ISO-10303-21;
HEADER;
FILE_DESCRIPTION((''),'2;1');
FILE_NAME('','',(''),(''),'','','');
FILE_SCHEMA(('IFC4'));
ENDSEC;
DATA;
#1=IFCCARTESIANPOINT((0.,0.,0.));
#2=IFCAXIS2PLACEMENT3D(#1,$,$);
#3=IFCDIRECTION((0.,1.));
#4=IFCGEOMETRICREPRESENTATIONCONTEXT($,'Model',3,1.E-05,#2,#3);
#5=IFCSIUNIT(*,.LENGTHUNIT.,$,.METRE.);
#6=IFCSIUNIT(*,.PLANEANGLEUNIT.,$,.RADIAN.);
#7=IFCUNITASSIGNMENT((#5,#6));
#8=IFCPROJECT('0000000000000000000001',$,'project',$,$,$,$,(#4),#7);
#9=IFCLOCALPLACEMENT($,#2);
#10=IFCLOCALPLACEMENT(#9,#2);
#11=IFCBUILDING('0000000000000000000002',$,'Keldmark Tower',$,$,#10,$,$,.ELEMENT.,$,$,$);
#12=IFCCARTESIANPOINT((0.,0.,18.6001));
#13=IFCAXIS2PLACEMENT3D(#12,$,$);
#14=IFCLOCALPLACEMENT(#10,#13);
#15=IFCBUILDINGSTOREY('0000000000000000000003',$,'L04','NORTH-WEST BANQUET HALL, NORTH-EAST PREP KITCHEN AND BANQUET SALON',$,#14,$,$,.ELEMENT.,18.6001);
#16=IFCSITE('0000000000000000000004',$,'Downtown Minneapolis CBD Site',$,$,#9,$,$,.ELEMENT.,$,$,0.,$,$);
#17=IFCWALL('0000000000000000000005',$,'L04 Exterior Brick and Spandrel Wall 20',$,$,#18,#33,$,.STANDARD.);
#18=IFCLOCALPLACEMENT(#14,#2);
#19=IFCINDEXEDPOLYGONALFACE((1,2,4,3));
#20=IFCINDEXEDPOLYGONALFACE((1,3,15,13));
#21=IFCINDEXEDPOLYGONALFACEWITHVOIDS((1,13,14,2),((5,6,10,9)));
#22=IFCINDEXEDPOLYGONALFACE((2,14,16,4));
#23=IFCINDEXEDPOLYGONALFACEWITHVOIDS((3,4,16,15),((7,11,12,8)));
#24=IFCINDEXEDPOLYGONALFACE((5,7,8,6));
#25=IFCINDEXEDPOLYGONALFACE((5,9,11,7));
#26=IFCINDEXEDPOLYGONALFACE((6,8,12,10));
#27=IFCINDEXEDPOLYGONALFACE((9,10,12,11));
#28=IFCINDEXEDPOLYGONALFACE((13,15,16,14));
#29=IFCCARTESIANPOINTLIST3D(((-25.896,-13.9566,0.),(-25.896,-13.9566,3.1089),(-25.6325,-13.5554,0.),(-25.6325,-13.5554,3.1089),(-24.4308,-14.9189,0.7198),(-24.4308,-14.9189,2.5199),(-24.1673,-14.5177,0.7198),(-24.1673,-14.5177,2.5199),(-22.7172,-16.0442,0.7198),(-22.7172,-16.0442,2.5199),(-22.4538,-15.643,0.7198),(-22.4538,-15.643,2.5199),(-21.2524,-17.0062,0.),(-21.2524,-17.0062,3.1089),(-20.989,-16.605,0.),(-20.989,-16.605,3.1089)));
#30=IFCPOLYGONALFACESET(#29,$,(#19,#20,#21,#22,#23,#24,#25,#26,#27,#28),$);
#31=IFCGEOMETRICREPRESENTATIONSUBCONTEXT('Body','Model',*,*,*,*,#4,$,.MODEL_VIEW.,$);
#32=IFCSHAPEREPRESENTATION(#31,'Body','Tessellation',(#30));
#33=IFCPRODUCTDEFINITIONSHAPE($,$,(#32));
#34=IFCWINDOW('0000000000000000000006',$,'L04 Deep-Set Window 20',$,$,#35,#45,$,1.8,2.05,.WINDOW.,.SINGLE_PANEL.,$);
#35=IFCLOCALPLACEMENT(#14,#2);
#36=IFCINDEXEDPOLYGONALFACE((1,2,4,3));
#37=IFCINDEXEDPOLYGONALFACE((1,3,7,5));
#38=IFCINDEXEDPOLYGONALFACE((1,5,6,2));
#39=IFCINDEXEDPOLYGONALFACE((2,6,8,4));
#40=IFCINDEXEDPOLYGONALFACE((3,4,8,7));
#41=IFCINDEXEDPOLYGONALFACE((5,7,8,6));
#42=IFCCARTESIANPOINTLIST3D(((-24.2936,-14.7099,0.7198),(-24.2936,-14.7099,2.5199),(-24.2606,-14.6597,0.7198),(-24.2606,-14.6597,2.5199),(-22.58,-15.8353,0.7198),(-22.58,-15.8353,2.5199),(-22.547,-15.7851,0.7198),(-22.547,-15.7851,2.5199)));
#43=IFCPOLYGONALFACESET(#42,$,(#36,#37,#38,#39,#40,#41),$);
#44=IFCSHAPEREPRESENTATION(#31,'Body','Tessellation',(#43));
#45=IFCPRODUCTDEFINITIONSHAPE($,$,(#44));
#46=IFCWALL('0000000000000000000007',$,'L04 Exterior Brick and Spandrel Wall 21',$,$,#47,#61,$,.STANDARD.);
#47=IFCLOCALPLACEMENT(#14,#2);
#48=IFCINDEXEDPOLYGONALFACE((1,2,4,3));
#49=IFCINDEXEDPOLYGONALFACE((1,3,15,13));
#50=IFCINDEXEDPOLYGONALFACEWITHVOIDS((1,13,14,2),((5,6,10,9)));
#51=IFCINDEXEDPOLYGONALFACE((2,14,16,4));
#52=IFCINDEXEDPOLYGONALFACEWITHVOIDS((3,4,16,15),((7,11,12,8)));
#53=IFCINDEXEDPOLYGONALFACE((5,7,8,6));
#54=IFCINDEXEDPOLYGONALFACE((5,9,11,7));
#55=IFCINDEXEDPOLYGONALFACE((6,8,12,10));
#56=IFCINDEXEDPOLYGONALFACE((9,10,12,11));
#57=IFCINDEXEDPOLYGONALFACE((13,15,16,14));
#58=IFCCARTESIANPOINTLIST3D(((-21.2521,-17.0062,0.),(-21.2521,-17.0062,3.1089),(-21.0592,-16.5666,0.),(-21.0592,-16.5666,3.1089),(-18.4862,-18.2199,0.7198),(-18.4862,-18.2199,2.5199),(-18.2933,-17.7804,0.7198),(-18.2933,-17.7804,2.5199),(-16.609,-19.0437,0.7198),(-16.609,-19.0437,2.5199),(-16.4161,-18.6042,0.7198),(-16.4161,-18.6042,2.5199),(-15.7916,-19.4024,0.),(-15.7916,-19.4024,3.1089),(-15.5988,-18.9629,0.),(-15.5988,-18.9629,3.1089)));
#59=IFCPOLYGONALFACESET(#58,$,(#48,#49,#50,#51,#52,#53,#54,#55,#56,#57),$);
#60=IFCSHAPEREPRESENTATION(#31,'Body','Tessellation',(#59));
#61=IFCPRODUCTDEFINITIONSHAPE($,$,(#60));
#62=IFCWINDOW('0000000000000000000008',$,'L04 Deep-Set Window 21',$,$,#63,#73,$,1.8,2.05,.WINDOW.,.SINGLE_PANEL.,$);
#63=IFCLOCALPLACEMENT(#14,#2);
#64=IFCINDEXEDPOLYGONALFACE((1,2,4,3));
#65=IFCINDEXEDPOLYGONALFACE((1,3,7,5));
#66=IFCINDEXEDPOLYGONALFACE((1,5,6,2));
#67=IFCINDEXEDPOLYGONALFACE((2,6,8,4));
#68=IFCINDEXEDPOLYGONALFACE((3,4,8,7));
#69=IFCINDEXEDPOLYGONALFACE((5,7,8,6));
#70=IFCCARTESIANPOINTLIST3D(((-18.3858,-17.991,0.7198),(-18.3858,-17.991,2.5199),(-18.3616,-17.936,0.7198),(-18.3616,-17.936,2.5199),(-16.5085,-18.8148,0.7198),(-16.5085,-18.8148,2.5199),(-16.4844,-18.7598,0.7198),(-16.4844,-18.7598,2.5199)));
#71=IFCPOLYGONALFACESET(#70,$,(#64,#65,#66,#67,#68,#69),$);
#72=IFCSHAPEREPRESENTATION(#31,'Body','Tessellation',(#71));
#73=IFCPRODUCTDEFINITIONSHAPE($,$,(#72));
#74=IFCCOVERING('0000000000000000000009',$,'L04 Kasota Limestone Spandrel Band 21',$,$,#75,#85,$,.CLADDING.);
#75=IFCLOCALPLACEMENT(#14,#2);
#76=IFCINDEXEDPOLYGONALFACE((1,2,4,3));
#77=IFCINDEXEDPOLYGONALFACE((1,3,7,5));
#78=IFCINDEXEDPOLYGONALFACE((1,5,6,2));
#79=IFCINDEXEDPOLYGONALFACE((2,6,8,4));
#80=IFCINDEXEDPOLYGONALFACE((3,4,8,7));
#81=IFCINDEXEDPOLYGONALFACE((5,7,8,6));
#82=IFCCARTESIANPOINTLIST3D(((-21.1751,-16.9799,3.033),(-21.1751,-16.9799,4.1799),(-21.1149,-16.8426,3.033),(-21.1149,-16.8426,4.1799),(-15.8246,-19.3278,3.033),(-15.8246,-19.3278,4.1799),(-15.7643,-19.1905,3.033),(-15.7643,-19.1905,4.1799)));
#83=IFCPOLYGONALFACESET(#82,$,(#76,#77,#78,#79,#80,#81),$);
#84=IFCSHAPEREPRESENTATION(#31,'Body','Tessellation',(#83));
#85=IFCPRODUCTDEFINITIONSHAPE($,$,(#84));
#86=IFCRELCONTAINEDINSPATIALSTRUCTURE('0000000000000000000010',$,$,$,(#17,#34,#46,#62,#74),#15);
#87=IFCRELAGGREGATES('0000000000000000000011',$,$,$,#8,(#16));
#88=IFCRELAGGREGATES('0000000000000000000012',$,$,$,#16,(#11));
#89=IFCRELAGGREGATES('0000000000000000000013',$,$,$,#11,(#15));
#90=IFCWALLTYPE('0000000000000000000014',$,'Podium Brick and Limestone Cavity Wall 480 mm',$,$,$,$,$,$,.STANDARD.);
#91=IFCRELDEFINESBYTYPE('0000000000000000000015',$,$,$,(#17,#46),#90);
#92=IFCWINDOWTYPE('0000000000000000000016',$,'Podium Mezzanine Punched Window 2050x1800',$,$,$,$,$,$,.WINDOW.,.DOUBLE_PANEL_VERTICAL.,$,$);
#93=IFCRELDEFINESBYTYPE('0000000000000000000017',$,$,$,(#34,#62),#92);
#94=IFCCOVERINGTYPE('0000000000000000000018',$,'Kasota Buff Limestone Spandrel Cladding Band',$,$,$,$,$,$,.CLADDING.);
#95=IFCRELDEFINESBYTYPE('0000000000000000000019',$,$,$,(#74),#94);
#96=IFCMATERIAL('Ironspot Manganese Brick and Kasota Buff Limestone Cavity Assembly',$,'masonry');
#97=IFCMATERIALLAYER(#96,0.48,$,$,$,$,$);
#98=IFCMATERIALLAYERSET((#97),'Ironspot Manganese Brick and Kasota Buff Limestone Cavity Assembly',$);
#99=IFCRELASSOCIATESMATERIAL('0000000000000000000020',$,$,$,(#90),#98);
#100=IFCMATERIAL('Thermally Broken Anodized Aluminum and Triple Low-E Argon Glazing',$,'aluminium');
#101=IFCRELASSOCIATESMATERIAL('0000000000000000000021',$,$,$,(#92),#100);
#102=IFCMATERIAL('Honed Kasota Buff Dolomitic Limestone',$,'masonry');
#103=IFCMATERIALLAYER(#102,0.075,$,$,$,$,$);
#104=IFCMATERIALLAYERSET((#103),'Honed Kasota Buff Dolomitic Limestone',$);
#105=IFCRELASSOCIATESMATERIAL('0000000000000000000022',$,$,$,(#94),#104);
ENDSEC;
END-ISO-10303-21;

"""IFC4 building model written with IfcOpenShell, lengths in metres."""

from ifc_helpers import new_model, si_unit, direction, frame, frame_2d, origin, origin_2d, place, context, subcontext, project, spatial, rectangle, extrude, material, layer, layer_set, type_object, element, fill, save


model = new_model("IFC4")

# Units and contexts
model_context = context("Model", 3, precision=1e-05, world=origin(), true_north=direction((0.0, 1.0)))
body_context = subcontext(model_context, "Body", "Model", "MODEL_VIEW")
ifc_project = project(units=[si_unit("LENGTHUNIT", "METRE"), si_unit("PLANEANGLEUNIT", "RADIAN")], contexts=[model_context])

# Site, building, storey
site_placement = place(None, origin())
site = spatial("IfcSite", under=ifc_project, at=site_placement, Name="Downtown Minneapolis CBD Site", CompositionType="ELEMENT", RefElevation=0.0)
building_placement = place(site_placement, origin())
building = spatial("IfcBuilding", under=site, at=building_placement, Name="Keldmark Tower", CompositionType="ELEMENT")
storey_placement = place(building_placement, frame((0.0, 0.0, 18.6001)))
storey = spatial("IfcBuildingStorey", under=building, at=storey_placement, Name="L04", Description="NORTH-WEST BANQUET HALL, NORTH-EAST PREP KITCHEN AND BANQUET SALON", CompositionType="ELEMENT", Elevation=18.6001)

# Walls, openings, windows
ifc_material_1 = material(Name="Ironspot Manganese Brick and Kasota Buff Limestone Cavity Assembly", Category="masonry")
ifc_layer_1 = layer(ifc_material_1, 0.48)
ifc_layer_set_1 = layer_set([ifc_layer_1], Name="Ironspot Manganese Brick and Kasota Buff Limestone Cavity Assembly")
wall_type_1 = type_object("IfcWallType", Name="Podium Brick and Limestone Cavity Wall 480 mm", PredefinedType="STANDARD", material=ifc_layer_set_1)
ifc_material_2 = material(Name="Thermally Broken Anodized Aluminum and Triple Low-E Argon Glazing", Category="aluminium")
window_type = type_object("IfcWindowType", Name="Podium Mezzanine Punched Window 2050x1800", PartitioningType="DOUBLE_PANEL_VERTICAL", PredefinedType="WINDOW", material=ifc_material_2)
wall_1_placement = place(storey_placement, frame((-21.1206, -16.8057, 0.0), z_axis=(0.0, 0.0, 1.0), x_axis=(-0.835864, 0.548937, 0.0)))
wall_1 = element("IfcWall", 1, at=wall_1_placement, inside=storey, type_object=wall_type_1, Name="L04 Exterior Brick and Spandrel Wall 20", PredefinedType="STANDARD", context=body_context, shape_type="SweptSolid", body=[
    extrude(rectangle(XDim=5.5554, YDim=0.48, at=frame_2d((2.7778, 0.0))), origin(), (0.0, 0.0, 1.0), 3.1089),
])
opening_1_placement = place(wall_1_placement, frame((1.7527, 0.0, 0.72)))
opening_1 = element("IfcOpeningElement", 2, at=opening_1_placement, cuts=wall_1, PredefinedType="OPENING", context=body_context, shape_type="SweptSolid", body=[
    extrude(rectangle(XDim=2.05, YDim=1.8, at=frame_2d((1.0249, 0.8999))), frame((0.0, 0.25, 0.0), z_axis=(0.0, -1.0, 0.0), x_axis=(1.0, 0.0, 0.0)), (0.0, 0.0, 1.0), 0.5),
])
window_1_placement = place(opening_1_placement, origin())
window_1 = element("IfcWindow", 3, at=window_1_placement, inside=storey, type_object=window_type, Name="L04 Deep-Set Window 20", OverallHeight=1.8, OverallWidth=2.05, PartitioningType="SINGLE_PANEL", PredefinedType="WINDOW", context=body_context, shape_type="SweptSolid", body=[
    extrude(rectangle(XDim=2.05, YDim=1.8, at=frame_2d((1.0249, 0.8999))), frame((0.0, -0.01, 0.0), z_axis=(0.0, -1.0, 0.0), x_axis=(1.0, 0.0, 0.0)), (0.0, 0.0, 1.0), 0.0601),
])
fill(opening_1, window_1)
wall_2_placement = place(storey_placement, frame((-15.6953, -19.1826, 0.0), z_axis=(0.0, 0.0, 1.0), x_axis=(-0.915708, 0.401845, 0.0)))
wall_2 = element("IfcWall", 4, at=wall_2_placement, inside=storey, type_object=wall_type_1, Name="L04 Exterior Brick and Spandrel Wall 21", PredefinedType="STANDARD", context=body_context, shape_type="SweptSolid", body=[
    extrude(rectangle(XDim=5.9631, YDim=0.48, at=frame_2d((2.9814, 0.0))), origin(), (0.0, 0.0, 1.0), 3.1089),
])
opening_2_placement = place(wall_2_placement, frame((0.8926, 0.0, 0.72)))
opening_2 = element("IfcOpeningElement", 5, at=opening_2_placement, cuts=wall_2, PredefinedType="OPENING", context=body_context, shape_type="SweptSolid", body=[
    extrude(rectangle(XDim=2.05, YDim=1.8, at=frame_2d((1.0249, 0.8999))), frame((0.0, 0.25, 0.0), z_axis=(0.0, -1.0, 0.0), x_axis=(1.0, 0.0, 0.0)), (0.0, 0.0, 1.0), 0.5),
])
window_2_placement = place(opening_2_placement, origin())
window_2 = element("IfcWindow", 6, at=window_2_placement, inside=storey, type_object=window_type, Name="L04 Deep-Set Window 21", OverallHeight=1.8, OverallWidth=2.05, PartitioningType="SINGLE_PANEL", PredefinedType="WINDOW", context=body_context, shape_type="SweptSolid", body=[
    extrude(rectangle(XDim=2.05, YDim=1.8, at=frame_2d((1.0249, 0.8999))), frame((0.0, -0.01, 0.0), z_axis=(0.0, -1.0, 0.0), x_axis=(1.0, 0.0, 0.0)), (0.0, 0.0, 1.0), 0.0601),
])
fill(opening_2, window_2)

# Covering
ifc_material_3 = material(Name="Honed Kasota Buff Dolomitic Limestone", Category="masonry")
ifc_layer_2 = layer(ifc_material_3, 0.075)
ifc_layer_set_2 = layer_set([ifc_layer_2], Name="Honed Kasota Buff Dolomitic Limestone")
covering_type = type_object("IfcCoveringType", Name="Kasota Buff Limestone Spandrel Cladding Band", PredefinedType="CLADDING", material=ifc_layer_set_2)
covering_placement = place(storey_placement, frame((-18.4697, -18.0852, 3.033), z_axis=(0.0, 0.0, 1.0), x_axis=(0.915712, -0.401836, 0.0)))
element("IfcCovering", 7, at=covering_placement, inside=storey, type_object=covering_type, Name="L04 Kasota Limestone Spandrel Band 21", PredefinedType="CLADDING", context=body_context, shape_type="SweptSolid", body=[
    extrude(rectangle(XDim=5.843, YDim=0.1499, at=origin_2d()), origin(), (0.0, 0.0, 1.0), 1.147),
])

save(model, "model.ifc")
